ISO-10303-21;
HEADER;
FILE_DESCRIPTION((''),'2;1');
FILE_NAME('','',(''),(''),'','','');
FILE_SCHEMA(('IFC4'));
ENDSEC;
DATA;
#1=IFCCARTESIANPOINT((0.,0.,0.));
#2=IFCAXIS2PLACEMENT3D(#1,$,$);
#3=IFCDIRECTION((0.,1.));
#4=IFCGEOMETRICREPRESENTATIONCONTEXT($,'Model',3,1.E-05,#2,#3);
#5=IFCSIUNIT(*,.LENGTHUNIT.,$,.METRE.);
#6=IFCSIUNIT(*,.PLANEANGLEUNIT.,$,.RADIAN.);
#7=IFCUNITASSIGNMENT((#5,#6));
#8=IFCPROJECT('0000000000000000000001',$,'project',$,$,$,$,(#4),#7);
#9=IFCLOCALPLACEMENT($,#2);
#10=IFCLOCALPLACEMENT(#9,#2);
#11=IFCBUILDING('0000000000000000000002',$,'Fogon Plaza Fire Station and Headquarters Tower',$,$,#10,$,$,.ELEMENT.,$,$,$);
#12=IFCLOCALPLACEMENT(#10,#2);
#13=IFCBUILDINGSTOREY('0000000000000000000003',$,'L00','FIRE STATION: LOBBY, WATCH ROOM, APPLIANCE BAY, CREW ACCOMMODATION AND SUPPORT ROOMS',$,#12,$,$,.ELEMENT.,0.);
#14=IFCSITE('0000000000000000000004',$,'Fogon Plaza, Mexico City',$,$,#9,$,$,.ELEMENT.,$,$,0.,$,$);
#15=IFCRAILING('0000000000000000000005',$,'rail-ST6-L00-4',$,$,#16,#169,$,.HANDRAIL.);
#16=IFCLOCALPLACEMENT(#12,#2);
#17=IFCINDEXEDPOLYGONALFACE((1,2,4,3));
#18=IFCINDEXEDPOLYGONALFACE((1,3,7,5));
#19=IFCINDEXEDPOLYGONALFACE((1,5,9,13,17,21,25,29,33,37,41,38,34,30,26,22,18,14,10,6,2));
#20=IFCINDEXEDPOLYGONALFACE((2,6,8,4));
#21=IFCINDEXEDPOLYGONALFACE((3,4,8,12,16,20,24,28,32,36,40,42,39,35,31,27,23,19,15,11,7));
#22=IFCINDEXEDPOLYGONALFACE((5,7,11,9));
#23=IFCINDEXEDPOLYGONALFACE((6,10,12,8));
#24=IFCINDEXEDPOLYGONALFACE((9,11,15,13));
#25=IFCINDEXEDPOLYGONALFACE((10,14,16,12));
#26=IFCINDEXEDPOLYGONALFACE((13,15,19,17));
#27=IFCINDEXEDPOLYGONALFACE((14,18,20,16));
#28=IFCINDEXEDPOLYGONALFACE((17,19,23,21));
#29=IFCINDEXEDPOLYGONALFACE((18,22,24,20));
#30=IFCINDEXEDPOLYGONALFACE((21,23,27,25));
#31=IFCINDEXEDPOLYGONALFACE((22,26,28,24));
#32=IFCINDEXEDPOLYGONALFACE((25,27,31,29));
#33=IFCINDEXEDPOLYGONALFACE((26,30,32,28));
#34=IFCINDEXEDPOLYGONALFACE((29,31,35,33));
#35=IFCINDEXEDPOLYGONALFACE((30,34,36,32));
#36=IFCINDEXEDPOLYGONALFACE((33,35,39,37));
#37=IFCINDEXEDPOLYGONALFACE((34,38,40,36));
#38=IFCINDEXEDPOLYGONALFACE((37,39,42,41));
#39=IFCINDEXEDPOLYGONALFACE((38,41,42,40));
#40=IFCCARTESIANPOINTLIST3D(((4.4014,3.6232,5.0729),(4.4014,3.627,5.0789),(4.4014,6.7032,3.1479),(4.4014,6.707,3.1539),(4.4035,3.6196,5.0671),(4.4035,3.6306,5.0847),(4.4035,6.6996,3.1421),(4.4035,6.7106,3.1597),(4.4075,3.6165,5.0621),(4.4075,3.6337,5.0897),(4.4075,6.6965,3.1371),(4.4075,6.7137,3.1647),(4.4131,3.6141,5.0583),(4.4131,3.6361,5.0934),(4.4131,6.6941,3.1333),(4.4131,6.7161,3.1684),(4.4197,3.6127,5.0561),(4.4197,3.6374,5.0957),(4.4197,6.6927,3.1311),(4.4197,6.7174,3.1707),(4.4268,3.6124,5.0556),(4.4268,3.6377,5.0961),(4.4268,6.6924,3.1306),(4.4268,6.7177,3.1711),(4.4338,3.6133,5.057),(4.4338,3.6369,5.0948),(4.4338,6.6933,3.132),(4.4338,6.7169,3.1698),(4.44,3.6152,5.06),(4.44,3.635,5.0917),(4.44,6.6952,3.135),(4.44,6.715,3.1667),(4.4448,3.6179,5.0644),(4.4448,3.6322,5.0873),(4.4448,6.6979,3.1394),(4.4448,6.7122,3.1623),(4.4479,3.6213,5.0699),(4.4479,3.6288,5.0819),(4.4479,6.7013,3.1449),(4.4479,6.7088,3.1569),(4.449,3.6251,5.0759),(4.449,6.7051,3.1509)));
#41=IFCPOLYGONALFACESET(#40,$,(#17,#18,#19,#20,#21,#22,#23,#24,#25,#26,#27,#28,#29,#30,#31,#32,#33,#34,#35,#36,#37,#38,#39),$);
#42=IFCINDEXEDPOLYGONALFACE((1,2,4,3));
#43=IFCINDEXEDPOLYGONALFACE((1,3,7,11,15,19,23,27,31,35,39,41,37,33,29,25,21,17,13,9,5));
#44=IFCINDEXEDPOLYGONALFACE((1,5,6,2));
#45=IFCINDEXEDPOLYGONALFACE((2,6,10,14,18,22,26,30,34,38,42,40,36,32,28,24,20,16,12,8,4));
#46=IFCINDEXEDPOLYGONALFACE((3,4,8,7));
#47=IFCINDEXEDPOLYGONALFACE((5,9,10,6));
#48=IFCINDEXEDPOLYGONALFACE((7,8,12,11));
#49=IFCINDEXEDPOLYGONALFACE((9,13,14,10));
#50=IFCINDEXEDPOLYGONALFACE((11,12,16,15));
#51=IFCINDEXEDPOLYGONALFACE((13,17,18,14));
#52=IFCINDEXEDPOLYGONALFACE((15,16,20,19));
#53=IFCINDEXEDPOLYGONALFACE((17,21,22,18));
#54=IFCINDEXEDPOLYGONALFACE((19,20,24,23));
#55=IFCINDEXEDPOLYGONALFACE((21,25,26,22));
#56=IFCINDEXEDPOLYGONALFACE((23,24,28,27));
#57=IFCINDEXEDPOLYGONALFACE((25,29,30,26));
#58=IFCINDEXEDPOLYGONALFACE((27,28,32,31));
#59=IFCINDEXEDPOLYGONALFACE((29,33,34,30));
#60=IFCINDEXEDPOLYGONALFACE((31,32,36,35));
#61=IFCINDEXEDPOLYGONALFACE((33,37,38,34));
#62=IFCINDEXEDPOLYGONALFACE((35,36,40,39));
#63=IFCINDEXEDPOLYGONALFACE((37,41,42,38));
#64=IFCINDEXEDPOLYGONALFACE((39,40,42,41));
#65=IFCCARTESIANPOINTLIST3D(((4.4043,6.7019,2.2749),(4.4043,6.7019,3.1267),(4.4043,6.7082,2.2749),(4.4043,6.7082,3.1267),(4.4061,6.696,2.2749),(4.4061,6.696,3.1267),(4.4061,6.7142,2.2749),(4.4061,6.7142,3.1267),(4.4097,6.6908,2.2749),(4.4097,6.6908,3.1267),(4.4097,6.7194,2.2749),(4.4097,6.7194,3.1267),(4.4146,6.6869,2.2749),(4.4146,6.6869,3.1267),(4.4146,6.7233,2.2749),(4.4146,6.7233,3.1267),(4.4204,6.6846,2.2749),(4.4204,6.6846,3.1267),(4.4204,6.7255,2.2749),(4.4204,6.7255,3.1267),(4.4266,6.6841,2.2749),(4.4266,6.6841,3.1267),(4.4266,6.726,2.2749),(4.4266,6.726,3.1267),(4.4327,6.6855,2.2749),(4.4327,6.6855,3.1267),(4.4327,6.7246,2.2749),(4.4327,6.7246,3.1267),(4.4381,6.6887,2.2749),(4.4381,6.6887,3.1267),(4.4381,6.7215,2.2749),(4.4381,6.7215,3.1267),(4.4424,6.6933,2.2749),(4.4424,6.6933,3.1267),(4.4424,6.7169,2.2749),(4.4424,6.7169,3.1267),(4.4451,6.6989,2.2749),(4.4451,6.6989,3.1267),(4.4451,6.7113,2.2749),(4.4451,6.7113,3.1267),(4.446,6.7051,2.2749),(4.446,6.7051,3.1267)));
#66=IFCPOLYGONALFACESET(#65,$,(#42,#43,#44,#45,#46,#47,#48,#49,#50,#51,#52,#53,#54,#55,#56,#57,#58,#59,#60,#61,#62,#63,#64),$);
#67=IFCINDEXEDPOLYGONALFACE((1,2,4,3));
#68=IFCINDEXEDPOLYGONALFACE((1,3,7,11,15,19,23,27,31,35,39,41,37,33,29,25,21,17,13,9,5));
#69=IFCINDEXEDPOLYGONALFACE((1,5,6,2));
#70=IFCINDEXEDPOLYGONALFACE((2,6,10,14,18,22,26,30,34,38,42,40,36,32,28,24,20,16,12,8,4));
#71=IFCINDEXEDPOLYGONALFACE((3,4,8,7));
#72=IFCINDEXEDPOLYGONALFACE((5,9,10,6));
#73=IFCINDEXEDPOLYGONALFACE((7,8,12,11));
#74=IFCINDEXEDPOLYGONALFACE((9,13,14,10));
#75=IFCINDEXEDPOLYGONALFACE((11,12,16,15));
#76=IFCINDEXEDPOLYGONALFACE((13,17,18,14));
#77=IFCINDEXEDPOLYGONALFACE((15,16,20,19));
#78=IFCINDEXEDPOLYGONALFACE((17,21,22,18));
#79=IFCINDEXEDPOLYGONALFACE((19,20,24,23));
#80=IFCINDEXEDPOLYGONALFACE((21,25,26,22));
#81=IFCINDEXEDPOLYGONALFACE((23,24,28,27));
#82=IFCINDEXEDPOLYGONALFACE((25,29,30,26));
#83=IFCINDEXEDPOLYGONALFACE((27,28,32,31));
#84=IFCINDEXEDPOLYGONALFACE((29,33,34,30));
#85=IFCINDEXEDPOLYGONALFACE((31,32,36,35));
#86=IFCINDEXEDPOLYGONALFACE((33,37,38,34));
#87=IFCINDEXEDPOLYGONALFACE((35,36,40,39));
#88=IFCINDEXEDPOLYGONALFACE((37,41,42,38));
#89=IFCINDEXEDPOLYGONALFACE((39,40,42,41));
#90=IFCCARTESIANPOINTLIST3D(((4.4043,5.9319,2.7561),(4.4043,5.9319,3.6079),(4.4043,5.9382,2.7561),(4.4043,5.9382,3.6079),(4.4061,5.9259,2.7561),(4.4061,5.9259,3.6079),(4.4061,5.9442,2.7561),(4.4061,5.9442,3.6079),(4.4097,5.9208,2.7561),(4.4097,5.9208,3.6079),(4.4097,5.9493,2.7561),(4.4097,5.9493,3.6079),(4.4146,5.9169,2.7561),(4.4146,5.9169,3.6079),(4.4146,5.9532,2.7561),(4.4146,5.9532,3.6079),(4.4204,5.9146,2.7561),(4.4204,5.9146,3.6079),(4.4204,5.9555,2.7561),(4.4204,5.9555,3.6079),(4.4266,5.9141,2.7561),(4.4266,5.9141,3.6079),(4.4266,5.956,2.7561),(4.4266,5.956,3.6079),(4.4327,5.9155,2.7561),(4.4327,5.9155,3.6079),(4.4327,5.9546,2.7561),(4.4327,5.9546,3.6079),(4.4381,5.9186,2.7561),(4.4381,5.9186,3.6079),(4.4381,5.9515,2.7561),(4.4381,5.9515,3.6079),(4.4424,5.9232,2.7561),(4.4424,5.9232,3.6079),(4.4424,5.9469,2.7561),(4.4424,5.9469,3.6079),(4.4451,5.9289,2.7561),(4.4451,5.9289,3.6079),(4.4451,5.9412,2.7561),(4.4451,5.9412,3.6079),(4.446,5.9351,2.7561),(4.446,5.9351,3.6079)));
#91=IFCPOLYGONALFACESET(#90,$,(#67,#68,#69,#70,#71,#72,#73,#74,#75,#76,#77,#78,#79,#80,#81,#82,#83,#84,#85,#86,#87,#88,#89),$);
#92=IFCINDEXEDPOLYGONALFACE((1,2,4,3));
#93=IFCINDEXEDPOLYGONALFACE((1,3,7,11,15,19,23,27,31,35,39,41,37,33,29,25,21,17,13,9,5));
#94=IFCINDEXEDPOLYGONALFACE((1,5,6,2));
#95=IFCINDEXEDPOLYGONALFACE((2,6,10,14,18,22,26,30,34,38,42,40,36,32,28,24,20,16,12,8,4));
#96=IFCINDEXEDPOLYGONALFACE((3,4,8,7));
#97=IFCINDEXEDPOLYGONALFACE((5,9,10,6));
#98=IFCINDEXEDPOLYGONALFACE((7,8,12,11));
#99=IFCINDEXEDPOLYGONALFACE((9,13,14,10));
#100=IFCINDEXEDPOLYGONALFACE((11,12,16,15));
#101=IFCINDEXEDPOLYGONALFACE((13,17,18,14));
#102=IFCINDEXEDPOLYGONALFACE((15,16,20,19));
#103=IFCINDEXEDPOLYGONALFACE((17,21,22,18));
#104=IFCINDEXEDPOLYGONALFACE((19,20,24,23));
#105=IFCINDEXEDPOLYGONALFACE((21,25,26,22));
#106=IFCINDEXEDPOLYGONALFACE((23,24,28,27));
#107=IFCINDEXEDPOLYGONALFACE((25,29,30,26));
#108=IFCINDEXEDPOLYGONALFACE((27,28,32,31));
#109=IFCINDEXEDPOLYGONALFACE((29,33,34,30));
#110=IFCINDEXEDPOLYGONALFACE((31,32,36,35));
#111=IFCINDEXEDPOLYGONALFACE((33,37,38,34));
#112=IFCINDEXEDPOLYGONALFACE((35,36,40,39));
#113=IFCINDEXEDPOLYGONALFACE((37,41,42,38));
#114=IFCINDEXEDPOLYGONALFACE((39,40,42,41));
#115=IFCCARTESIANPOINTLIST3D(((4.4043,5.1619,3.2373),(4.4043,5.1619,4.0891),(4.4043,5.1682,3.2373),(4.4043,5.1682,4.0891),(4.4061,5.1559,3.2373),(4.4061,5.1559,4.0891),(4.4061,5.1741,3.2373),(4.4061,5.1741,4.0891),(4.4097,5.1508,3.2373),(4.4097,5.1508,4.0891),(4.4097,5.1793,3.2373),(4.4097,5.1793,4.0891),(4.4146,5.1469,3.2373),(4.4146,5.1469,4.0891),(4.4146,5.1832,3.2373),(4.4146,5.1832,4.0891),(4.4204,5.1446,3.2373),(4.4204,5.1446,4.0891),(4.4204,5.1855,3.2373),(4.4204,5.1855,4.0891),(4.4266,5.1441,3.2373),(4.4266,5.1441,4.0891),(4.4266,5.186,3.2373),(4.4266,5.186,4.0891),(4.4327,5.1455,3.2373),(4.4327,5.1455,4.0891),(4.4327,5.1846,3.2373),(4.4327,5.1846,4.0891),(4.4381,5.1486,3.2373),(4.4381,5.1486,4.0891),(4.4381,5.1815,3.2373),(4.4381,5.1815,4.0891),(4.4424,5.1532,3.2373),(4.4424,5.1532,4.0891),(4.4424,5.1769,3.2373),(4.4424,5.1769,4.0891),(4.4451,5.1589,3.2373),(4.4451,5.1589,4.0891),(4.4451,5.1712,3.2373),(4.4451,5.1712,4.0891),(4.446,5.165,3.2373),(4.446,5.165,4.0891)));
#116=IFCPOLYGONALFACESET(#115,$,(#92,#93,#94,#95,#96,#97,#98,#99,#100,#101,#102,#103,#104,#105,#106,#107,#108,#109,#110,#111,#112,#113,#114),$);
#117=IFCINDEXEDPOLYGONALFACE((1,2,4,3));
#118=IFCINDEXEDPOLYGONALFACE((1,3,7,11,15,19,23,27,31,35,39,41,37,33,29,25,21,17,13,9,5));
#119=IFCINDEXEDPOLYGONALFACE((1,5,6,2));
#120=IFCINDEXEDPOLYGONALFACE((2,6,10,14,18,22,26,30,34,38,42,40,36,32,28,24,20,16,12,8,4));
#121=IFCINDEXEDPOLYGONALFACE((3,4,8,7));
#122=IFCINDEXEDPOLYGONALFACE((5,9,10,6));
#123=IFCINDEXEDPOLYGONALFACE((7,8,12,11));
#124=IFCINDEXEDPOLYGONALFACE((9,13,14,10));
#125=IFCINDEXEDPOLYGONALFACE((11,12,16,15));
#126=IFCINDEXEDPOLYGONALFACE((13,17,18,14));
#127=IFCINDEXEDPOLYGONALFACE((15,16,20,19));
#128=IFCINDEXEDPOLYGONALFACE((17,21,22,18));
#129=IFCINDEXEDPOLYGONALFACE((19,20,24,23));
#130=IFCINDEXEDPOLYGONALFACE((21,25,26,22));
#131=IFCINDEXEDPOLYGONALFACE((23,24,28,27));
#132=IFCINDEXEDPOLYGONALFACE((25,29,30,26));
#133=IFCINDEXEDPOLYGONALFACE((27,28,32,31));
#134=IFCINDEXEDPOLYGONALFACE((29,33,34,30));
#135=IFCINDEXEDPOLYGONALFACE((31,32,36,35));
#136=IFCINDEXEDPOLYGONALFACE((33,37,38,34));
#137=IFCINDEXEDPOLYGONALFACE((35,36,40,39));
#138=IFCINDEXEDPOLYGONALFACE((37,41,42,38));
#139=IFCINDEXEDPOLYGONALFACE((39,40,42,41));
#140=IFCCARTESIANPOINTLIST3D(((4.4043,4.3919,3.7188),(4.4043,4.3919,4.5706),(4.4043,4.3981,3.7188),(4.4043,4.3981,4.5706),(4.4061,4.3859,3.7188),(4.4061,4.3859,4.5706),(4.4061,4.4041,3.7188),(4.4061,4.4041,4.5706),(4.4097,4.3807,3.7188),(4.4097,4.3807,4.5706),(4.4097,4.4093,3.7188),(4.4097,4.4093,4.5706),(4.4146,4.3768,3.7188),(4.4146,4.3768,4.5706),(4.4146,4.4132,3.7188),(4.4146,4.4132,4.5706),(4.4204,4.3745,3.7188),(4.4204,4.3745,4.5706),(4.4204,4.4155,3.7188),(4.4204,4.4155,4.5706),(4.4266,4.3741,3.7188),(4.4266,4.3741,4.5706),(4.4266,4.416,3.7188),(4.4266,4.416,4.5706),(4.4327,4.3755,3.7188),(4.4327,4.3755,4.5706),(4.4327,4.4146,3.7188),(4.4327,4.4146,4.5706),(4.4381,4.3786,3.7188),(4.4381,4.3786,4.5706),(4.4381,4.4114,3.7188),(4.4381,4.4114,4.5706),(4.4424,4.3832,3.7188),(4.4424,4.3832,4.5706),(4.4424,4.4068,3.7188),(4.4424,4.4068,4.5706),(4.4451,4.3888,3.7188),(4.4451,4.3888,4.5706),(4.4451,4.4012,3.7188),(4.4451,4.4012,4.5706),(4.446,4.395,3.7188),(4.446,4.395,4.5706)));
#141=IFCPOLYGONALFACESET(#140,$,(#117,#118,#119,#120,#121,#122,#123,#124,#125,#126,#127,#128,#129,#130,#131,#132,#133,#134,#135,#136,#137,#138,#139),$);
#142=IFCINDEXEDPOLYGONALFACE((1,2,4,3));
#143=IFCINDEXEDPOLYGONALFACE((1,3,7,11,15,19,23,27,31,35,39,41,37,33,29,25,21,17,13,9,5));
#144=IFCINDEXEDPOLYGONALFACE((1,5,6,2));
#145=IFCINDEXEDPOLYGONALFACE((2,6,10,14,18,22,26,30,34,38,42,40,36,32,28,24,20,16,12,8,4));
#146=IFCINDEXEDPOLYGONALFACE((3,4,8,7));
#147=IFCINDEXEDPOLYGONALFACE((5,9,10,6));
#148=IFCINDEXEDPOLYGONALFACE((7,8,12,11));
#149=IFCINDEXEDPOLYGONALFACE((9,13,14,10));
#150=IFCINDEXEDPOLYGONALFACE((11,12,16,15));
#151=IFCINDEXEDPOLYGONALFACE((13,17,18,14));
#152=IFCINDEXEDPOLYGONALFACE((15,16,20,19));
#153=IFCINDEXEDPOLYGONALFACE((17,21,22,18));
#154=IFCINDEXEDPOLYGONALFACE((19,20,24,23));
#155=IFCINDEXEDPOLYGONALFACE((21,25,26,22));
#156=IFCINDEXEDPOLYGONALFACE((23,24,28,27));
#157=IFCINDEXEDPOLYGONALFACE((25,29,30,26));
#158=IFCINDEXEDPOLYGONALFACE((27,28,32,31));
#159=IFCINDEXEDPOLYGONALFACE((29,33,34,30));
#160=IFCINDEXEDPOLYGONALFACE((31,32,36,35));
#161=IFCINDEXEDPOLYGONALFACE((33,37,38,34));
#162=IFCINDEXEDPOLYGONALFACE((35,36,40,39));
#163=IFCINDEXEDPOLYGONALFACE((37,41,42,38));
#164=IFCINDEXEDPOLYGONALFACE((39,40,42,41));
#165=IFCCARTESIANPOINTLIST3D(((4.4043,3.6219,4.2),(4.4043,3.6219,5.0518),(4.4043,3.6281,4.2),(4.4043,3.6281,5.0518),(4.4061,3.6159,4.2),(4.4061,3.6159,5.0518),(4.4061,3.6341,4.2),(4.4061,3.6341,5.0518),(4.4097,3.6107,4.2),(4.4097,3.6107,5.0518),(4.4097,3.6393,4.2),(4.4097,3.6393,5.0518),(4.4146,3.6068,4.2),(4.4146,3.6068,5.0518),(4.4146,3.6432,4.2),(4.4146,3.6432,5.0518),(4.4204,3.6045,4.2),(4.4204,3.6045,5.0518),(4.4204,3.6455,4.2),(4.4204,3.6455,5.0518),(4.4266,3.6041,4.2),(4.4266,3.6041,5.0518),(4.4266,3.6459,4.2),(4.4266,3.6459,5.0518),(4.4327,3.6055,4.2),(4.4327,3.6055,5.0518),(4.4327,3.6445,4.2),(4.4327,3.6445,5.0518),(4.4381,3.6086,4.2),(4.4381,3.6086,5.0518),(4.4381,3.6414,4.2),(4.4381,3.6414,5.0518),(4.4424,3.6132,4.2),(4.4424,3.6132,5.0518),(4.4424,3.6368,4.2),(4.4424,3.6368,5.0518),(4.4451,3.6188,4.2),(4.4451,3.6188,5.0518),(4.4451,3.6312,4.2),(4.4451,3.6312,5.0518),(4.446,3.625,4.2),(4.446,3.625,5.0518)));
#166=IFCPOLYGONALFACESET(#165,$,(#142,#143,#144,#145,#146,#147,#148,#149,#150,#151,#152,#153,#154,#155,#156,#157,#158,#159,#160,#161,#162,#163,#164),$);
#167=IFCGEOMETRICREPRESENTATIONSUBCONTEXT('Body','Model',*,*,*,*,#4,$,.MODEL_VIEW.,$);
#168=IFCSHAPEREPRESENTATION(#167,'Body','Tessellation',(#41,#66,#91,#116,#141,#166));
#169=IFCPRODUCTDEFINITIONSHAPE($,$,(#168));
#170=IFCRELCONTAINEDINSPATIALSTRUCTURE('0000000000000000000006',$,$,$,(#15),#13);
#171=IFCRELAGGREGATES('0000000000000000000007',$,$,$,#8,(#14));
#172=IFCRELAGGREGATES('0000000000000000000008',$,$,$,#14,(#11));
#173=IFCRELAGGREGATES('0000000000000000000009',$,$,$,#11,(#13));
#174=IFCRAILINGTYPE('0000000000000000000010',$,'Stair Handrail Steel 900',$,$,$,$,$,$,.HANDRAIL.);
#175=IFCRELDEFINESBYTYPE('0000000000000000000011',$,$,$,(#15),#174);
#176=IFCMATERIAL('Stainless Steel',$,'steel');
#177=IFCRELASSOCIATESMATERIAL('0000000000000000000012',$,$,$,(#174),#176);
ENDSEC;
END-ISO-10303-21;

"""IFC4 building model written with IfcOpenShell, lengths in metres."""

from ifc_helpers import new_model, si_unit, direction, frame, origin, origin_2d, place, context, subcontext, project, spatial, circle, extrude, material, type_object, element, save


model = new_model("IFC4")

# Units and contexts
model_context = context("Model", 3, precision=1e-05, world=origin(), true_north=direction((0.0, 1.0)))
body_context = subcontext(model_context, "Body", "Model", "MODEL_VIEW")
ifc_project = project(units=[si_unit("LENGTHUNIT", "METRE"), si_unit("PLANEANGLEUNIT", "RADIAN")], contexts=[model_context])

# Site, building, storey
site_placement = place(None, origin())
site = spatial("IfcSite", under=ifc_project, at=site_placement, Name="Fogon Plaza, Mexico City", CompositionType="ELEMENT", RefElevation=0.0)
building_placement = place(site_placement, origin())
building = spatial("IfcBuilding", under=site, at=building_placement, Name="Fogon Plaza Fire Station and Headquarters Tower", CompositionType="ELEMENT")
storey_placement = place(building_placement, origin())
storey = spatial("IfcBuildingStorey", under=building, at=storey_placement, Name="L00", Description="FIRE STATION: LOBBY, WATCH ROOM, APPLIANCE BAY, CREW ACCOMMODATION AND SUPPORT ROOMS", CompositionType="ELEMENT", Elevation=0.0)

# Railing
ifc_material_1 = material(Name="Stainless Steel", Category="steel")
railing_type = type_object("IfcRailingType", Name="Stair Handrail Steel 900", PredefinedType="HANDRAIL", material=ifc_material_1)
railing_placement = place(storey_placement, frame((4.425, 6.7051, 2.2749)))
element("IfcRailing", 1, at=railing_placement, inside=storey, type_object=railing_type, Name="rail-ST6-L00-4", PredefinedType="HANDRAIL", context=body_context, shape_type="SweptSolid", body=[
    extrude(circle(Radius=0.0239, at=origin_2d()), frame((0.0, 0.0, 0.876), z_axis=(0.0, -0.847998, 0.529999), x_axis=(1.0, 0.0, 0.0)), (0.0, 0.0, 1.0), 3.6321),
    extrude(circle(Radius=0.021, at=origin_2d()), origin(), (0.0, 0.0, 1.0), 0.8518),
    extrude(circle(Radius=0.021, at=origin_2d()), frame((0.0, -0.77, 0.4812)), (0.0, 0.0, 1.0), 0.8518),
    extrude(circle(Radius=0.021, at=origin_2d()), frame((0.0, -1.54, 0.9624)), (0.0, 0.0, 1.0), 0.8518),
    extrude(circle(Radius=0.021, at=origin_2d()), frame((0.0, -2.3101, 1.4438)), (0.0, 0.0, 1.0), 0.8518),
    extrude(circle(Radius=0.021, at=origin_2d()), frame((0.0, -3.0801, 1.925)), (0.0, 0.0, 1.0), 0.8518),
])

save(model, "model.ifc")
